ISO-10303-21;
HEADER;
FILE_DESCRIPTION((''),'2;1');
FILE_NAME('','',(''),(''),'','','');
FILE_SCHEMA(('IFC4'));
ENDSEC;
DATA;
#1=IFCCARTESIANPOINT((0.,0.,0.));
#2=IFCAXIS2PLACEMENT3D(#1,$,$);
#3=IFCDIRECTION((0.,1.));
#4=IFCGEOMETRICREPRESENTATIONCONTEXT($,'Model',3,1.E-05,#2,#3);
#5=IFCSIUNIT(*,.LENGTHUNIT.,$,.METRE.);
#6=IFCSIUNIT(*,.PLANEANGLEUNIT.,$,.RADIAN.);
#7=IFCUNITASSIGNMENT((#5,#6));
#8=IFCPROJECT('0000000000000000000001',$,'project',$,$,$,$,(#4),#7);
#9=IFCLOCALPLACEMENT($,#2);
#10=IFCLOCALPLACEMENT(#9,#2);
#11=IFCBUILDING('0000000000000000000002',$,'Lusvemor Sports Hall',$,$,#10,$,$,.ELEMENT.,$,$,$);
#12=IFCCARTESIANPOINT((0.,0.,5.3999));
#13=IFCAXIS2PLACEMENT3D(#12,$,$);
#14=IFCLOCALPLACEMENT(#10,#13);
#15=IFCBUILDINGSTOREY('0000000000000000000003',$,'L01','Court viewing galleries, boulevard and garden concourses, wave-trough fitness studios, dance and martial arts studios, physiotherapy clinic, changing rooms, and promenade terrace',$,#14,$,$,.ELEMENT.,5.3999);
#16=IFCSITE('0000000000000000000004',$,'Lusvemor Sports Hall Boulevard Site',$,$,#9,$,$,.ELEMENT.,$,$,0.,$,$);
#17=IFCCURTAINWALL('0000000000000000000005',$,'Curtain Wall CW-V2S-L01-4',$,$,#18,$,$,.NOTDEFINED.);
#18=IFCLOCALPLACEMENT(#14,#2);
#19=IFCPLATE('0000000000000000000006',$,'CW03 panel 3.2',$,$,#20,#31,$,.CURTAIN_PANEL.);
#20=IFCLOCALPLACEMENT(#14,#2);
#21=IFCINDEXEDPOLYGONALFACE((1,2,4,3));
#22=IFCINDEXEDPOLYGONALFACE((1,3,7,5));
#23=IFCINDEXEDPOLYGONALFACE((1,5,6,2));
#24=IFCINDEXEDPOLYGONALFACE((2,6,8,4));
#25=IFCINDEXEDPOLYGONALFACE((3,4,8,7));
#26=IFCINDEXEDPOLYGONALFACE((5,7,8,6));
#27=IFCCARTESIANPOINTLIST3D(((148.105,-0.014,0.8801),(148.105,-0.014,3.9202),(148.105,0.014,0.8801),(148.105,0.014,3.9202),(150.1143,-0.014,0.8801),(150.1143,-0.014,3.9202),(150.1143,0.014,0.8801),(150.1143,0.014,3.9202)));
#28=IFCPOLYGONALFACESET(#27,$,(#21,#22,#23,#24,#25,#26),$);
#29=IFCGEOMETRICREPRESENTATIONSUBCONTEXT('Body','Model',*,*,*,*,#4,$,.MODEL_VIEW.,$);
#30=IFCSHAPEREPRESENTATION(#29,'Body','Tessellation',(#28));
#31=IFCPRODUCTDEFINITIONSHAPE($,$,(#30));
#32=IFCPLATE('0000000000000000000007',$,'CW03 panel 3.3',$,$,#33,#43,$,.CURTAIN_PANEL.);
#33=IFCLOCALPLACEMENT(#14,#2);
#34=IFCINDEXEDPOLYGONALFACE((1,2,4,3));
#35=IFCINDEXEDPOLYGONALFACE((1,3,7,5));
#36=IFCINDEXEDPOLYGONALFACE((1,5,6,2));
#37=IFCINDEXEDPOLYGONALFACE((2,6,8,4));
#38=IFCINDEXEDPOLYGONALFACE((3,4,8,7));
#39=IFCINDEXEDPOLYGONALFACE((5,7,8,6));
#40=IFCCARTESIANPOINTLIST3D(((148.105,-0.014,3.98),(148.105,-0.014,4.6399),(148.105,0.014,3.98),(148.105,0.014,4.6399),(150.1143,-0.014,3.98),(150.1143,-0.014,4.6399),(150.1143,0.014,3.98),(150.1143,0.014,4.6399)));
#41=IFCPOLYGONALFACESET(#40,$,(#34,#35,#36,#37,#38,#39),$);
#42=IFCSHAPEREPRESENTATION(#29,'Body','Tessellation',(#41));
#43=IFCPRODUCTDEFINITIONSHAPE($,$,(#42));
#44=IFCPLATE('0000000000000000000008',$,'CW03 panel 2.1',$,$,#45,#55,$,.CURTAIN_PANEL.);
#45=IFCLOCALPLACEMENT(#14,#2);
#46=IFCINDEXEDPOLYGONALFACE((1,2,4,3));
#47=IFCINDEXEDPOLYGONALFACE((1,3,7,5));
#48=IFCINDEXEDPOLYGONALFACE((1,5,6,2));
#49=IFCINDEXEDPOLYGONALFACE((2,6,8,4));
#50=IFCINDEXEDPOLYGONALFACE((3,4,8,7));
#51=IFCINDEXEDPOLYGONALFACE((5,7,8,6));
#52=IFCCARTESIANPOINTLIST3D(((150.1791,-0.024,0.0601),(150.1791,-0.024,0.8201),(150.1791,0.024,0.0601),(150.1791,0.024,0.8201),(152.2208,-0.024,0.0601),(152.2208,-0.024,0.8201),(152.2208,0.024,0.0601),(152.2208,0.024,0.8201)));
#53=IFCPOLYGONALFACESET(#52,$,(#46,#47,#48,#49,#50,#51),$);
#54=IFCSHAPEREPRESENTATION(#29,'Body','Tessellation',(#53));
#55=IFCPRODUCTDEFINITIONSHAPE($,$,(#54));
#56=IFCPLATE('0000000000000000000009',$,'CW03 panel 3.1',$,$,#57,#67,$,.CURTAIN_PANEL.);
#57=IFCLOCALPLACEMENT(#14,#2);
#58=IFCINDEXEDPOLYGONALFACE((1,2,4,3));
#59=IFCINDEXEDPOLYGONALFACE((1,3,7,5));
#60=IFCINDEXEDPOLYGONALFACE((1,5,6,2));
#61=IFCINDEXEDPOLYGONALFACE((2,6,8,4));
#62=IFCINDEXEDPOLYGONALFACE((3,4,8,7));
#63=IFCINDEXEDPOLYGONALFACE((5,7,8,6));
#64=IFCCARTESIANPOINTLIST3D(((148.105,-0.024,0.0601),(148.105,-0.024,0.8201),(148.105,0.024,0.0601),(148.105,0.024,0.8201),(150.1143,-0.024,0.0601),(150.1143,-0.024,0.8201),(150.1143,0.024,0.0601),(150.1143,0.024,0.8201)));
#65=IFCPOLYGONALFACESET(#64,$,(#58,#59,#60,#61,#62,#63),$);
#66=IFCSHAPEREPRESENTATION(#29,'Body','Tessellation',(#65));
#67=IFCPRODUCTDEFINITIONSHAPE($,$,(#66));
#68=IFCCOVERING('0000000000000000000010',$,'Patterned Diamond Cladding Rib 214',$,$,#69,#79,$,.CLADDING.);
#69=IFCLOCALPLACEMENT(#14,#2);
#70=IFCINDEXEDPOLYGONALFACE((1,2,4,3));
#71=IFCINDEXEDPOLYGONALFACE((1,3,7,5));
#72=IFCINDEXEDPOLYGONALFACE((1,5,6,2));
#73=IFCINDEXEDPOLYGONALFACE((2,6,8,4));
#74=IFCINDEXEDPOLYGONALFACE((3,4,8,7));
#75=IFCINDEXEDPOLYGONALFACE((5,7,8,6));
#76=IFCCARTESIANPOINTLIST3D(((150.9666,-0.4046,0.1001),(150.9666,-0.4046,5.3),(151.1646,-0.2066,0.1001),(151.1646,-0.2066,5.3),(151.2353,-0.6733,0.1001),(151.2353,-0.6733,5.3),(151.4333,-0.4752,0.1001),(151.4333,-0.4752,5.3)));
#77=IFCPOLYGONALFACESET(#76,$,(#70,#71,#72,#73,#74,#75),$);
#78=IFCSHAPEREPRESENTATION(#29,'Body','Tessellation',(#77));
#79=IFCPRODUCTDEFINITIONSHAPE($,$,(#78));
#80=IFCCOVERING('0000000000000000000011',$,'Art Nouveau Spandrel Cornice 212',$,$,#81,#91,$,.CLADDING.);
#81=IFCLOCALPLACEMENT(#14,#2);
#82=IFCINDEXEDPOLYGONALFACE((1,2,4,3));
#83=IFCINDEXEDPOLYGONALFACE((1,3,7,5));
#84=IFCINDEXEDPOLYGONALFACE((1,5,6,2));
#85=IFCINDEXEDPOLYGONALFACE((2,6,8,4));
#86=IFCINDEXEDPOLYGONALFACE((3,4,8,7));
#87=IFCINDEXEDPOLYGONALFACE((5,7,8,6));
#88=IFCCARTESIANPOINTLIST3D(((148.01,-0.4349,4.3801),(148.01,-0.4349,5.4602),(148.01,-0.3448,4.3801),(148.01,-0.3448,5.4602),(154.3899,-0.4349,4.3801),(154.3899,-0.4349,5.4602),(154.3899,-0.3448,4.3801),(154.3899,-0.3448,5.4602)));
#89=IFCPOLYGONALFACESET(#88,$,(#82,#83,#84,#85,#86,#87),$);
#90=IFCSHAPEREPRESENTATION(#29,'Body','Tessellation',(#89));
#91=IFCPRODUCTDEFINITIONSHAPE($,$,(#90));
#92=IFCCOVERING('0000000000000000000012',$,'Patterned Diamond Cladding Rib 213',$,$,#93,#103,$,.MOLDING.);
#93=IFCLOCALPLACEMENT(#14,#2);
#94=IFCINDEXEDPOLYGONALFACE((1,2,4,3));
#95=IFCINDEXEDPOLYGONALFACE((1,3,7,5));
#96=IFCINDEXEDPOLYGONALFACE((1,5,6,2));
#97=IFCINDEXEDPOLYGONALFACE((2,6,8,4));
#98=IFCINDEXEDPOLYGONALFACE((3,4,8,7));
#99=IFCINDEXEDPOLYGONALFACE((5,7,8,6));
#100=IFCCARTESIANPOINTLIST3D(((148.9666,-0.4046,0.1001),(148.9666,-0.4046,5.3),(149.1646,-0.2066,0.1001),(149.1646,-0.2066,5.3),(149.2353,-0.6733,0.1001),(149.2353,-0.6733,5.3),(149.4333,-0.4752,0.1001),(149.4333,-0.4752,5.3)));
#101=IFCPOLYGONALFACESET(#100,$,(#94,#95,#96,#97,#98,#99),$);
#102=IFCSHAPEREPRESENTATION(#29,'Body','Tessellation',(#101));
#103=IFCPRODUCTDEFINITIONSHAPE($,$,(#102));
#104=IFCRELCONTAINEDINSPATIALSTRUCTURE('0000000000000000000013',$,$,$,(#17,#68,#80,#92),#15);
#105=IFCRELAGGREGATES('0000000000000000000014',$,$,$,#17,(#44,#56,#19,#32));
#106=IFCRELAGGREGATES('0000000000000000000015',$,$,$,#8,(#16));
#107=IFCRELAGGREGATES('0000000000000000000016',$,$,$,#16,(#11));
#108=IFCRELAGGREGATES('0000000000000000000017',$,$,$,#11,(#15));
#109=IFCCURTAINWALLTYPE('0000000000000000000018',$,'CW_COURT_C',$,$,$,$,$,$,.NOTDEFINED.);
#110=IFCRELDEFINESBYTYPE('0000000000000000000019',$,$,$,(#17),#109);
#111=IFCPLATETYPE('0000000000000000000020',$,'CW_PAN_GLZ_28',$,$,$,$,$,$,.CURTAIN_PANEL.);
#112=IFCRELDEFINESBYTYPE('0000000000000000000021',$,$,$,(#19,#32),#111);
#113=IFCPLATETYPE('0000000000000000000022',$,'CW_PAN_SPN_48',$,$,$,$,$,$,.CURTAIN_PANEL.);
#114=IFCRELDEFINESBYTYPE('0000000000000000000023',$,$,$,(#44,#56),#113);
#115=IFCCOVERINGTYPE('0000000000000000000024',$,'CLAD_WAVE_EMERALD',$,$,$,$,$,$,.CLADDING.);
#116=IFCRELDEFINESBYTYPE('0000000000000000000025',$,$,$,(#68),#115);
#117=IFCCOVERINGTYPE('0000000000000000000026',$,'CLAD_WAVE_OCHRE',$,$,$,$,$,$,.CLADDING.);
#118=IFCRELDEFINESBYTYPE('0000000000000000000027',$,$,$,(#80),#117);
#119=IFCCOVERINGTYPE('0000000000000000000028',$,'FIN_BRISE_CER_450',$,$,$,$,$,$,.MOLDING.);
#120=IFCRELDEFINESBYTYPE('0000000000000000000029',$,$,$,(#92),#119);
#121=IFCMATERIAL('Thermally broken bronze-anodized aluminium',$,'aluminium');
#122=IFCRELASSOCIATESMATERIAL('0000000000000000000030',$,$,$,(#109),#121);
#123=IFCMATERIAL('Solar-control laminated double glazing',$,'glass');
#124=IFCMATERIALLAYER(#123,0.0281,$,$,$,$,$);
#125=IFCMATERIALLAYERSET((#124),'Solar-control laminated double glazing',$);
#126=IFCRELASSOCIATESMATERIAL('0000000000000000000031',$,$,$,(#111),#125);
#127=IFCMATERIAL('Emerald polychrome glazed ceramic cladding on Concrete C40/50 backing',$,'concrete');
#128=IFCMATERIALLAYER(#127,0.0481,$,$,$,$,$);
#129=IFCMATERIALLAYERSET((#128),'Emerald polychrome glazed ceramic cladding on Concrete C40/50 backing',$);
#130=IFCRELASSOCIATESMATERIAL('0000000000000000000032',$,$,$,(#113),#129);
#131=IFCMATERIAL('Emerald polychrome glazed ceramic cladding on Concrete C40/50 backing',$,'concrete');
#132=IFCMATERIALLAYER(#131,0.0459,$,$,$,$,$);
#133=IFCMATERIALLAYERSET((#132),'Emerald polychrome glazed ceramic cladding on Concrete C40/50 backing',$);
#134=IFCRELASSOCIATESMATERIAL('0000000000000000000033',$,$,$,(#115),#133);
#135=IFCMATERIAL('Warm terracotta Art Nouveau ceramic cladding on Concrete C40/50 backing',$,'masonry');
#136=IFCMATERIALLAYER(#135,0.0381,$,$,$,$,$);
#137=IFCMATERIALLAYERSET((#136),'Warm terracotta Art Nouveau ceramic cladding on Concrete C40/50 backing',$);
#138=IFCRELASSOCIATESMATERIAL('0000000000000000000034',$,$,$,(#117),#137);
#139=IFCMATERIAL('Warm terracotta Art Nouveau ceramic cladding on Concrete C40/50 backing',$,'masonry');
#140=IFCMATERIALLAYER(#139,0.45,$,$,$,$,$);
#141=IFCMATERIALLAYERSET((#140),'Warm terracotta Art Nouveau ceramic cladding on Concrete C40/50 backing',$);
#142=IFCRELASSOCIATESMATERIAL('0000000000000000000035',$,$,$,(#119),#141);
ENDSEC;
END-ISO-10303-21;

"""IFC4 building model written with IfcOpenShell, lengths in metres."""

from ifc_helpers import new_model, si_unit, direction, frame, origin, origin_2d, place, context, subcontext, project, spatial, rectangle, extrude, material, layer, layer_set, type_object, element, aggregate, save


model = new_model("IFC4")

# Units and contexts
model_context = context("Model", 3, precision=1e-05, world=origin(), true_north=direction((0.0, 1.0)))
body_context = subcontext(model_context, "Body", "Model", "MODEL_VIEW")
ifc_project = project(units=[si_unit("LENGTHUNIT", "METRE"), si_unit("PLANEANGLEUNIT", "RADIAN")], contexts=[model_context])

# Site, building, storey
site_placement = place(None, origin())
site = spatial("IfcSite", under=ifc_project, at=site_placement, Name="Lusvemor Sports Hall Boulevard Site", CompositionType="ELEMENT", RefElevation=0.0)
building_placement = place(site_placement, origin())
building = spatial("IfcBuilding", under=site, at=building_placement, Name="Lusvemor Sports Hall", CompositionType="ELEMENT")
storey_placement = place(building_placement, frame((0.0, 0.0, 5.3999)))
storey = spatial("IfcBuildingStorey", under=building, at=storey_placement, Name="L01", Description="Court viewing galleries, boulevard and garden concourses, wave-trough fitness studios, dance and martial arts studios, physiotherapy clinic, changing rooms, and promenade terrace", CompositionType="ELEMENT", Elevation=5.3999)

# Shared definitions
ifc_material_1 = material(Name="Thermally broken bronze-anodized aluminium", Category="aluminium")
curtain_wall_type = type_object("IfcCurtainWallType", Name="CW_COURT_C", PredefinedType="NOTDEFINED", material=ifc_material_1)

# Curtain wall
curtain_wall_1_placement = place(storey_placement, origin())
curtain_wall_1 = element("IfcCurtainWall", 1, at=curtain_wall_1_placement, inside=storey, type_object=curtain_wall_type, Name="Curtain Wall CW-V2S-L01-4", PredefinedType="NOTDEFINED")

# Plates
ifc_material_2 = material(Name="Solar-control laminated double glazing", Category="glass")
ifc_layer_1 = layer(ifc_material_2, 0.0281)
ifc_layer_set_1 = layer_set([ifc_layer_1], Name="Solar-control laminated double glazing")
plate_type_1 = type_object("IfcPlateType", Name="CW_PAN_GLZ_28", PredefinedType="CURTAIN_PANEL", material=ifc_layer_set_1)
plate_1_placement = place(storey_placement, frame((149.1096, 0.0, 0.8801), z_axis=(0.0, 0.0, 1.0), x_axis=(-1.0, 0.0, 0.0)))
plate_1 = element("IfcPlate", 2, at=plate_1_placement, type_object=plate_type_1, Name="CW03 panel 3.2", PredefinedType="CURTAIN_PANEL", context=body_context, shape_type="SweptSolid", body=[
    extrude(rectangle(XDim=2.0093, YDim=0.0281, at=origin_2d()), origin(), (0.0, 0.0, 1.0), 3.04),
])
plate_2_placement = place(storey_placement, frame((149.1096, 0.0, 3.98), z_axis=(0.0, 0.0, 1.0), x_axis=(-1.0, 0.0, 0.0)))
plate_2 = element("IfcPlate", 3, at=plate_2_placement, type_object=plate_type_1, Name="CW03 panel 3.3", PredefinedType="CURTAIN_PANEL", context=body_context, shape_type="SweptSolid", body=[
    extrude(rectangle(XDim=2.0093, YDim=0.0281, at=origin_2d()), origin(), (0.0, 0.0, 1.0), 0.6599),
])
ifc_material_3 = material(Name="Emerald polychrome glazed ceramic cladding on Concrete C40/50 backing", Category="concrete")
ifc_layer_2 = layer(ifc_material_3, 0.0481)
ifc_layer_set_2 = layer_set([ifc_layer_2], Name="Emerald polychrome glazed ceramic cladding on Concrete C40/50 backing")
plate_type_2 = type_object("IfcPlateType", Name="CW_PAN_SPN_48", PredefinedType="CURTAIN_PANEL", material=ifc_layer_set_2)
plate_3_placement = place(storey_placement, frame((151.2, 0.0, 0.0601), z_axis=(0.0, 0.0, 1.0), x_axis=(-1.0, 0.0, 0.0)))
plate_3 = element("IfcPlate", 4, at=plate_3_placement, type_object=plate_type_2, Name="CW03 panel 2.1", PredefinedType="CURTAIN_PANEL", context=body_context, shape_type="SweptSolid", body=[
    extrude(rectangle(XDim=2.0417, YDim=0.0481, at=origin_2d()), origin(), (0.0, 0.0, 1.0), 0.76),
])
plate_4_placement = place(storey_placement, frame((149.1096, 0.0, 0.0601), z_axis=(0.0, 0.0, 1.0), x_axis=(-1.0, 0.0, 0.0)))
plate_4 = element("IfcPlate", 5, at=plate_4_placement, type_object=plate_type_2, Name="CW03 panel 3.1", PredefinedType="CURTAIN_PANEL", context=body_context, shape_type="SweptSolid", body=[
    extrude(rectangle(XDim=2.0093, YDim=0.0481, at=origin_2d()), origin(), (0.0, 0.0, 1.0), 0.76),
])
aggregate(curtain_wall_1, [plate_3, plate_4, plate_1, plate_2])

# Coverings
ifc_material_4 = material(Name="Emerald polychrome glazed ceramic cladding on Concrete C40/50 backing", Category="concrete")
ifc_layer_3 = layer(ifc_material_4, 0.0459)
ifc_layer_set_3 = layer_set([ifc_layer_3], Name="Emerald polychrome glazed ceramic cladding on Concrete C40/50 backing")
covering_type_1 = type_object("IfcCoveringType", Name="CLAD_WAVE_EMERALD", PredefinedType="CLADDING", material=ifc_layer_set_3)
covering_1_placement = place(storey_placement, frame((151.2, -0.4399, 0.1001), z_axis=(0.0, 0.0, 1.0), x_axis=(0.707107, 0.707107, 0.0)))
element("IfcCovering", 6, at=covering_1_placement, inside=storey, type_object=covering_type_1, Name="Patterned Diamond Cladding Rib 214", PredefinedType="CLADDING", context=body_context, shape_type="SweptSolid", body=[
    extrude(rectangle(XDim=0.28, YDim=0.3799, at=origin_2d()), origin(), (0.0, 0.0, 1.0), 5.2),
])
ifc_material_5 = material(Name="Warm terracotta Art Nouveau ceramic cladding on Concrete C40/50 backing", Category="masonry")
ifc_layer_4 = layer(ifc_material_5, 0.0381)
ifc_layer_set_4 = layer_set([ifc_layer_4], Name="Warm terracotta Art Nouveau ceramic cladding on Concrete C40/50 backing")
covering_type_2 = type_object("IfcCoveringType", Name="CLAD_WAVE_OCHRE", PredefinedType="CLADDING", material=ifc_layer_set_4)
covering_2_placement = place(storey_placement, frame((151.2, -0.3899, 4.3801), z_axis=(0.0, 0.0, 1.0), x_axis=(1.0, 0.0, 0.0)))
element("IfcCovering", 7, at=covering_2_placement, inside=storey, type_object=covering_type_2, Name="Art Nouveau Spandrel Cornice 212", PredefinedType="CLADDING", context=body_context, shape_type="SweptSolid", body=[
    extrude(rectangle(XDim=6.3799, YDim=0.0901, at=origin_2d()), origin(), (0.0, 0.0, 1.0), 1.0801),
])
ifc_material_6 = material(Name="Warm terracotta Art Nouveau ceramic cladding on Concrete C40/50 backing", Category="masonry")
ifc_layer_5 = layer(ifc_material_6, 0.45)
ifc_layer_set_5 = layer_set([ifc_layer_5], Name="Warm terracotta Art Nouveau ceramic cladding on Concrete C40/50 backing")
covering_type_3 = type_object("IfcCoveringType", Name="FIN_BRISE_CER_450", PredefinedType="MOLDING", material=ifc_layer_set_5)
covering_3_placement = place(storey_placement, frame((149.2, -0.4399, 0.1001), z_axis=(0.0, 0.0, 1.0), x_axis=(0.707107, 0.707107, 0.0)))
element("IfcCovering", 8, at=covering_3_placement, inside=storey, type_object=covering_type_3, Name="Patterned Diamond Cladding Rib 213", PredefinedType="MOLDING", context=body_context, shape_type="SweptSolid", body=[
    extrude(rectangle(XDim=0.28, YDim=0.3799, at=origin_2d()), origin(), (0.0, 0.0, 1.0), 5.2),
])

save(model, "model.ifc")
